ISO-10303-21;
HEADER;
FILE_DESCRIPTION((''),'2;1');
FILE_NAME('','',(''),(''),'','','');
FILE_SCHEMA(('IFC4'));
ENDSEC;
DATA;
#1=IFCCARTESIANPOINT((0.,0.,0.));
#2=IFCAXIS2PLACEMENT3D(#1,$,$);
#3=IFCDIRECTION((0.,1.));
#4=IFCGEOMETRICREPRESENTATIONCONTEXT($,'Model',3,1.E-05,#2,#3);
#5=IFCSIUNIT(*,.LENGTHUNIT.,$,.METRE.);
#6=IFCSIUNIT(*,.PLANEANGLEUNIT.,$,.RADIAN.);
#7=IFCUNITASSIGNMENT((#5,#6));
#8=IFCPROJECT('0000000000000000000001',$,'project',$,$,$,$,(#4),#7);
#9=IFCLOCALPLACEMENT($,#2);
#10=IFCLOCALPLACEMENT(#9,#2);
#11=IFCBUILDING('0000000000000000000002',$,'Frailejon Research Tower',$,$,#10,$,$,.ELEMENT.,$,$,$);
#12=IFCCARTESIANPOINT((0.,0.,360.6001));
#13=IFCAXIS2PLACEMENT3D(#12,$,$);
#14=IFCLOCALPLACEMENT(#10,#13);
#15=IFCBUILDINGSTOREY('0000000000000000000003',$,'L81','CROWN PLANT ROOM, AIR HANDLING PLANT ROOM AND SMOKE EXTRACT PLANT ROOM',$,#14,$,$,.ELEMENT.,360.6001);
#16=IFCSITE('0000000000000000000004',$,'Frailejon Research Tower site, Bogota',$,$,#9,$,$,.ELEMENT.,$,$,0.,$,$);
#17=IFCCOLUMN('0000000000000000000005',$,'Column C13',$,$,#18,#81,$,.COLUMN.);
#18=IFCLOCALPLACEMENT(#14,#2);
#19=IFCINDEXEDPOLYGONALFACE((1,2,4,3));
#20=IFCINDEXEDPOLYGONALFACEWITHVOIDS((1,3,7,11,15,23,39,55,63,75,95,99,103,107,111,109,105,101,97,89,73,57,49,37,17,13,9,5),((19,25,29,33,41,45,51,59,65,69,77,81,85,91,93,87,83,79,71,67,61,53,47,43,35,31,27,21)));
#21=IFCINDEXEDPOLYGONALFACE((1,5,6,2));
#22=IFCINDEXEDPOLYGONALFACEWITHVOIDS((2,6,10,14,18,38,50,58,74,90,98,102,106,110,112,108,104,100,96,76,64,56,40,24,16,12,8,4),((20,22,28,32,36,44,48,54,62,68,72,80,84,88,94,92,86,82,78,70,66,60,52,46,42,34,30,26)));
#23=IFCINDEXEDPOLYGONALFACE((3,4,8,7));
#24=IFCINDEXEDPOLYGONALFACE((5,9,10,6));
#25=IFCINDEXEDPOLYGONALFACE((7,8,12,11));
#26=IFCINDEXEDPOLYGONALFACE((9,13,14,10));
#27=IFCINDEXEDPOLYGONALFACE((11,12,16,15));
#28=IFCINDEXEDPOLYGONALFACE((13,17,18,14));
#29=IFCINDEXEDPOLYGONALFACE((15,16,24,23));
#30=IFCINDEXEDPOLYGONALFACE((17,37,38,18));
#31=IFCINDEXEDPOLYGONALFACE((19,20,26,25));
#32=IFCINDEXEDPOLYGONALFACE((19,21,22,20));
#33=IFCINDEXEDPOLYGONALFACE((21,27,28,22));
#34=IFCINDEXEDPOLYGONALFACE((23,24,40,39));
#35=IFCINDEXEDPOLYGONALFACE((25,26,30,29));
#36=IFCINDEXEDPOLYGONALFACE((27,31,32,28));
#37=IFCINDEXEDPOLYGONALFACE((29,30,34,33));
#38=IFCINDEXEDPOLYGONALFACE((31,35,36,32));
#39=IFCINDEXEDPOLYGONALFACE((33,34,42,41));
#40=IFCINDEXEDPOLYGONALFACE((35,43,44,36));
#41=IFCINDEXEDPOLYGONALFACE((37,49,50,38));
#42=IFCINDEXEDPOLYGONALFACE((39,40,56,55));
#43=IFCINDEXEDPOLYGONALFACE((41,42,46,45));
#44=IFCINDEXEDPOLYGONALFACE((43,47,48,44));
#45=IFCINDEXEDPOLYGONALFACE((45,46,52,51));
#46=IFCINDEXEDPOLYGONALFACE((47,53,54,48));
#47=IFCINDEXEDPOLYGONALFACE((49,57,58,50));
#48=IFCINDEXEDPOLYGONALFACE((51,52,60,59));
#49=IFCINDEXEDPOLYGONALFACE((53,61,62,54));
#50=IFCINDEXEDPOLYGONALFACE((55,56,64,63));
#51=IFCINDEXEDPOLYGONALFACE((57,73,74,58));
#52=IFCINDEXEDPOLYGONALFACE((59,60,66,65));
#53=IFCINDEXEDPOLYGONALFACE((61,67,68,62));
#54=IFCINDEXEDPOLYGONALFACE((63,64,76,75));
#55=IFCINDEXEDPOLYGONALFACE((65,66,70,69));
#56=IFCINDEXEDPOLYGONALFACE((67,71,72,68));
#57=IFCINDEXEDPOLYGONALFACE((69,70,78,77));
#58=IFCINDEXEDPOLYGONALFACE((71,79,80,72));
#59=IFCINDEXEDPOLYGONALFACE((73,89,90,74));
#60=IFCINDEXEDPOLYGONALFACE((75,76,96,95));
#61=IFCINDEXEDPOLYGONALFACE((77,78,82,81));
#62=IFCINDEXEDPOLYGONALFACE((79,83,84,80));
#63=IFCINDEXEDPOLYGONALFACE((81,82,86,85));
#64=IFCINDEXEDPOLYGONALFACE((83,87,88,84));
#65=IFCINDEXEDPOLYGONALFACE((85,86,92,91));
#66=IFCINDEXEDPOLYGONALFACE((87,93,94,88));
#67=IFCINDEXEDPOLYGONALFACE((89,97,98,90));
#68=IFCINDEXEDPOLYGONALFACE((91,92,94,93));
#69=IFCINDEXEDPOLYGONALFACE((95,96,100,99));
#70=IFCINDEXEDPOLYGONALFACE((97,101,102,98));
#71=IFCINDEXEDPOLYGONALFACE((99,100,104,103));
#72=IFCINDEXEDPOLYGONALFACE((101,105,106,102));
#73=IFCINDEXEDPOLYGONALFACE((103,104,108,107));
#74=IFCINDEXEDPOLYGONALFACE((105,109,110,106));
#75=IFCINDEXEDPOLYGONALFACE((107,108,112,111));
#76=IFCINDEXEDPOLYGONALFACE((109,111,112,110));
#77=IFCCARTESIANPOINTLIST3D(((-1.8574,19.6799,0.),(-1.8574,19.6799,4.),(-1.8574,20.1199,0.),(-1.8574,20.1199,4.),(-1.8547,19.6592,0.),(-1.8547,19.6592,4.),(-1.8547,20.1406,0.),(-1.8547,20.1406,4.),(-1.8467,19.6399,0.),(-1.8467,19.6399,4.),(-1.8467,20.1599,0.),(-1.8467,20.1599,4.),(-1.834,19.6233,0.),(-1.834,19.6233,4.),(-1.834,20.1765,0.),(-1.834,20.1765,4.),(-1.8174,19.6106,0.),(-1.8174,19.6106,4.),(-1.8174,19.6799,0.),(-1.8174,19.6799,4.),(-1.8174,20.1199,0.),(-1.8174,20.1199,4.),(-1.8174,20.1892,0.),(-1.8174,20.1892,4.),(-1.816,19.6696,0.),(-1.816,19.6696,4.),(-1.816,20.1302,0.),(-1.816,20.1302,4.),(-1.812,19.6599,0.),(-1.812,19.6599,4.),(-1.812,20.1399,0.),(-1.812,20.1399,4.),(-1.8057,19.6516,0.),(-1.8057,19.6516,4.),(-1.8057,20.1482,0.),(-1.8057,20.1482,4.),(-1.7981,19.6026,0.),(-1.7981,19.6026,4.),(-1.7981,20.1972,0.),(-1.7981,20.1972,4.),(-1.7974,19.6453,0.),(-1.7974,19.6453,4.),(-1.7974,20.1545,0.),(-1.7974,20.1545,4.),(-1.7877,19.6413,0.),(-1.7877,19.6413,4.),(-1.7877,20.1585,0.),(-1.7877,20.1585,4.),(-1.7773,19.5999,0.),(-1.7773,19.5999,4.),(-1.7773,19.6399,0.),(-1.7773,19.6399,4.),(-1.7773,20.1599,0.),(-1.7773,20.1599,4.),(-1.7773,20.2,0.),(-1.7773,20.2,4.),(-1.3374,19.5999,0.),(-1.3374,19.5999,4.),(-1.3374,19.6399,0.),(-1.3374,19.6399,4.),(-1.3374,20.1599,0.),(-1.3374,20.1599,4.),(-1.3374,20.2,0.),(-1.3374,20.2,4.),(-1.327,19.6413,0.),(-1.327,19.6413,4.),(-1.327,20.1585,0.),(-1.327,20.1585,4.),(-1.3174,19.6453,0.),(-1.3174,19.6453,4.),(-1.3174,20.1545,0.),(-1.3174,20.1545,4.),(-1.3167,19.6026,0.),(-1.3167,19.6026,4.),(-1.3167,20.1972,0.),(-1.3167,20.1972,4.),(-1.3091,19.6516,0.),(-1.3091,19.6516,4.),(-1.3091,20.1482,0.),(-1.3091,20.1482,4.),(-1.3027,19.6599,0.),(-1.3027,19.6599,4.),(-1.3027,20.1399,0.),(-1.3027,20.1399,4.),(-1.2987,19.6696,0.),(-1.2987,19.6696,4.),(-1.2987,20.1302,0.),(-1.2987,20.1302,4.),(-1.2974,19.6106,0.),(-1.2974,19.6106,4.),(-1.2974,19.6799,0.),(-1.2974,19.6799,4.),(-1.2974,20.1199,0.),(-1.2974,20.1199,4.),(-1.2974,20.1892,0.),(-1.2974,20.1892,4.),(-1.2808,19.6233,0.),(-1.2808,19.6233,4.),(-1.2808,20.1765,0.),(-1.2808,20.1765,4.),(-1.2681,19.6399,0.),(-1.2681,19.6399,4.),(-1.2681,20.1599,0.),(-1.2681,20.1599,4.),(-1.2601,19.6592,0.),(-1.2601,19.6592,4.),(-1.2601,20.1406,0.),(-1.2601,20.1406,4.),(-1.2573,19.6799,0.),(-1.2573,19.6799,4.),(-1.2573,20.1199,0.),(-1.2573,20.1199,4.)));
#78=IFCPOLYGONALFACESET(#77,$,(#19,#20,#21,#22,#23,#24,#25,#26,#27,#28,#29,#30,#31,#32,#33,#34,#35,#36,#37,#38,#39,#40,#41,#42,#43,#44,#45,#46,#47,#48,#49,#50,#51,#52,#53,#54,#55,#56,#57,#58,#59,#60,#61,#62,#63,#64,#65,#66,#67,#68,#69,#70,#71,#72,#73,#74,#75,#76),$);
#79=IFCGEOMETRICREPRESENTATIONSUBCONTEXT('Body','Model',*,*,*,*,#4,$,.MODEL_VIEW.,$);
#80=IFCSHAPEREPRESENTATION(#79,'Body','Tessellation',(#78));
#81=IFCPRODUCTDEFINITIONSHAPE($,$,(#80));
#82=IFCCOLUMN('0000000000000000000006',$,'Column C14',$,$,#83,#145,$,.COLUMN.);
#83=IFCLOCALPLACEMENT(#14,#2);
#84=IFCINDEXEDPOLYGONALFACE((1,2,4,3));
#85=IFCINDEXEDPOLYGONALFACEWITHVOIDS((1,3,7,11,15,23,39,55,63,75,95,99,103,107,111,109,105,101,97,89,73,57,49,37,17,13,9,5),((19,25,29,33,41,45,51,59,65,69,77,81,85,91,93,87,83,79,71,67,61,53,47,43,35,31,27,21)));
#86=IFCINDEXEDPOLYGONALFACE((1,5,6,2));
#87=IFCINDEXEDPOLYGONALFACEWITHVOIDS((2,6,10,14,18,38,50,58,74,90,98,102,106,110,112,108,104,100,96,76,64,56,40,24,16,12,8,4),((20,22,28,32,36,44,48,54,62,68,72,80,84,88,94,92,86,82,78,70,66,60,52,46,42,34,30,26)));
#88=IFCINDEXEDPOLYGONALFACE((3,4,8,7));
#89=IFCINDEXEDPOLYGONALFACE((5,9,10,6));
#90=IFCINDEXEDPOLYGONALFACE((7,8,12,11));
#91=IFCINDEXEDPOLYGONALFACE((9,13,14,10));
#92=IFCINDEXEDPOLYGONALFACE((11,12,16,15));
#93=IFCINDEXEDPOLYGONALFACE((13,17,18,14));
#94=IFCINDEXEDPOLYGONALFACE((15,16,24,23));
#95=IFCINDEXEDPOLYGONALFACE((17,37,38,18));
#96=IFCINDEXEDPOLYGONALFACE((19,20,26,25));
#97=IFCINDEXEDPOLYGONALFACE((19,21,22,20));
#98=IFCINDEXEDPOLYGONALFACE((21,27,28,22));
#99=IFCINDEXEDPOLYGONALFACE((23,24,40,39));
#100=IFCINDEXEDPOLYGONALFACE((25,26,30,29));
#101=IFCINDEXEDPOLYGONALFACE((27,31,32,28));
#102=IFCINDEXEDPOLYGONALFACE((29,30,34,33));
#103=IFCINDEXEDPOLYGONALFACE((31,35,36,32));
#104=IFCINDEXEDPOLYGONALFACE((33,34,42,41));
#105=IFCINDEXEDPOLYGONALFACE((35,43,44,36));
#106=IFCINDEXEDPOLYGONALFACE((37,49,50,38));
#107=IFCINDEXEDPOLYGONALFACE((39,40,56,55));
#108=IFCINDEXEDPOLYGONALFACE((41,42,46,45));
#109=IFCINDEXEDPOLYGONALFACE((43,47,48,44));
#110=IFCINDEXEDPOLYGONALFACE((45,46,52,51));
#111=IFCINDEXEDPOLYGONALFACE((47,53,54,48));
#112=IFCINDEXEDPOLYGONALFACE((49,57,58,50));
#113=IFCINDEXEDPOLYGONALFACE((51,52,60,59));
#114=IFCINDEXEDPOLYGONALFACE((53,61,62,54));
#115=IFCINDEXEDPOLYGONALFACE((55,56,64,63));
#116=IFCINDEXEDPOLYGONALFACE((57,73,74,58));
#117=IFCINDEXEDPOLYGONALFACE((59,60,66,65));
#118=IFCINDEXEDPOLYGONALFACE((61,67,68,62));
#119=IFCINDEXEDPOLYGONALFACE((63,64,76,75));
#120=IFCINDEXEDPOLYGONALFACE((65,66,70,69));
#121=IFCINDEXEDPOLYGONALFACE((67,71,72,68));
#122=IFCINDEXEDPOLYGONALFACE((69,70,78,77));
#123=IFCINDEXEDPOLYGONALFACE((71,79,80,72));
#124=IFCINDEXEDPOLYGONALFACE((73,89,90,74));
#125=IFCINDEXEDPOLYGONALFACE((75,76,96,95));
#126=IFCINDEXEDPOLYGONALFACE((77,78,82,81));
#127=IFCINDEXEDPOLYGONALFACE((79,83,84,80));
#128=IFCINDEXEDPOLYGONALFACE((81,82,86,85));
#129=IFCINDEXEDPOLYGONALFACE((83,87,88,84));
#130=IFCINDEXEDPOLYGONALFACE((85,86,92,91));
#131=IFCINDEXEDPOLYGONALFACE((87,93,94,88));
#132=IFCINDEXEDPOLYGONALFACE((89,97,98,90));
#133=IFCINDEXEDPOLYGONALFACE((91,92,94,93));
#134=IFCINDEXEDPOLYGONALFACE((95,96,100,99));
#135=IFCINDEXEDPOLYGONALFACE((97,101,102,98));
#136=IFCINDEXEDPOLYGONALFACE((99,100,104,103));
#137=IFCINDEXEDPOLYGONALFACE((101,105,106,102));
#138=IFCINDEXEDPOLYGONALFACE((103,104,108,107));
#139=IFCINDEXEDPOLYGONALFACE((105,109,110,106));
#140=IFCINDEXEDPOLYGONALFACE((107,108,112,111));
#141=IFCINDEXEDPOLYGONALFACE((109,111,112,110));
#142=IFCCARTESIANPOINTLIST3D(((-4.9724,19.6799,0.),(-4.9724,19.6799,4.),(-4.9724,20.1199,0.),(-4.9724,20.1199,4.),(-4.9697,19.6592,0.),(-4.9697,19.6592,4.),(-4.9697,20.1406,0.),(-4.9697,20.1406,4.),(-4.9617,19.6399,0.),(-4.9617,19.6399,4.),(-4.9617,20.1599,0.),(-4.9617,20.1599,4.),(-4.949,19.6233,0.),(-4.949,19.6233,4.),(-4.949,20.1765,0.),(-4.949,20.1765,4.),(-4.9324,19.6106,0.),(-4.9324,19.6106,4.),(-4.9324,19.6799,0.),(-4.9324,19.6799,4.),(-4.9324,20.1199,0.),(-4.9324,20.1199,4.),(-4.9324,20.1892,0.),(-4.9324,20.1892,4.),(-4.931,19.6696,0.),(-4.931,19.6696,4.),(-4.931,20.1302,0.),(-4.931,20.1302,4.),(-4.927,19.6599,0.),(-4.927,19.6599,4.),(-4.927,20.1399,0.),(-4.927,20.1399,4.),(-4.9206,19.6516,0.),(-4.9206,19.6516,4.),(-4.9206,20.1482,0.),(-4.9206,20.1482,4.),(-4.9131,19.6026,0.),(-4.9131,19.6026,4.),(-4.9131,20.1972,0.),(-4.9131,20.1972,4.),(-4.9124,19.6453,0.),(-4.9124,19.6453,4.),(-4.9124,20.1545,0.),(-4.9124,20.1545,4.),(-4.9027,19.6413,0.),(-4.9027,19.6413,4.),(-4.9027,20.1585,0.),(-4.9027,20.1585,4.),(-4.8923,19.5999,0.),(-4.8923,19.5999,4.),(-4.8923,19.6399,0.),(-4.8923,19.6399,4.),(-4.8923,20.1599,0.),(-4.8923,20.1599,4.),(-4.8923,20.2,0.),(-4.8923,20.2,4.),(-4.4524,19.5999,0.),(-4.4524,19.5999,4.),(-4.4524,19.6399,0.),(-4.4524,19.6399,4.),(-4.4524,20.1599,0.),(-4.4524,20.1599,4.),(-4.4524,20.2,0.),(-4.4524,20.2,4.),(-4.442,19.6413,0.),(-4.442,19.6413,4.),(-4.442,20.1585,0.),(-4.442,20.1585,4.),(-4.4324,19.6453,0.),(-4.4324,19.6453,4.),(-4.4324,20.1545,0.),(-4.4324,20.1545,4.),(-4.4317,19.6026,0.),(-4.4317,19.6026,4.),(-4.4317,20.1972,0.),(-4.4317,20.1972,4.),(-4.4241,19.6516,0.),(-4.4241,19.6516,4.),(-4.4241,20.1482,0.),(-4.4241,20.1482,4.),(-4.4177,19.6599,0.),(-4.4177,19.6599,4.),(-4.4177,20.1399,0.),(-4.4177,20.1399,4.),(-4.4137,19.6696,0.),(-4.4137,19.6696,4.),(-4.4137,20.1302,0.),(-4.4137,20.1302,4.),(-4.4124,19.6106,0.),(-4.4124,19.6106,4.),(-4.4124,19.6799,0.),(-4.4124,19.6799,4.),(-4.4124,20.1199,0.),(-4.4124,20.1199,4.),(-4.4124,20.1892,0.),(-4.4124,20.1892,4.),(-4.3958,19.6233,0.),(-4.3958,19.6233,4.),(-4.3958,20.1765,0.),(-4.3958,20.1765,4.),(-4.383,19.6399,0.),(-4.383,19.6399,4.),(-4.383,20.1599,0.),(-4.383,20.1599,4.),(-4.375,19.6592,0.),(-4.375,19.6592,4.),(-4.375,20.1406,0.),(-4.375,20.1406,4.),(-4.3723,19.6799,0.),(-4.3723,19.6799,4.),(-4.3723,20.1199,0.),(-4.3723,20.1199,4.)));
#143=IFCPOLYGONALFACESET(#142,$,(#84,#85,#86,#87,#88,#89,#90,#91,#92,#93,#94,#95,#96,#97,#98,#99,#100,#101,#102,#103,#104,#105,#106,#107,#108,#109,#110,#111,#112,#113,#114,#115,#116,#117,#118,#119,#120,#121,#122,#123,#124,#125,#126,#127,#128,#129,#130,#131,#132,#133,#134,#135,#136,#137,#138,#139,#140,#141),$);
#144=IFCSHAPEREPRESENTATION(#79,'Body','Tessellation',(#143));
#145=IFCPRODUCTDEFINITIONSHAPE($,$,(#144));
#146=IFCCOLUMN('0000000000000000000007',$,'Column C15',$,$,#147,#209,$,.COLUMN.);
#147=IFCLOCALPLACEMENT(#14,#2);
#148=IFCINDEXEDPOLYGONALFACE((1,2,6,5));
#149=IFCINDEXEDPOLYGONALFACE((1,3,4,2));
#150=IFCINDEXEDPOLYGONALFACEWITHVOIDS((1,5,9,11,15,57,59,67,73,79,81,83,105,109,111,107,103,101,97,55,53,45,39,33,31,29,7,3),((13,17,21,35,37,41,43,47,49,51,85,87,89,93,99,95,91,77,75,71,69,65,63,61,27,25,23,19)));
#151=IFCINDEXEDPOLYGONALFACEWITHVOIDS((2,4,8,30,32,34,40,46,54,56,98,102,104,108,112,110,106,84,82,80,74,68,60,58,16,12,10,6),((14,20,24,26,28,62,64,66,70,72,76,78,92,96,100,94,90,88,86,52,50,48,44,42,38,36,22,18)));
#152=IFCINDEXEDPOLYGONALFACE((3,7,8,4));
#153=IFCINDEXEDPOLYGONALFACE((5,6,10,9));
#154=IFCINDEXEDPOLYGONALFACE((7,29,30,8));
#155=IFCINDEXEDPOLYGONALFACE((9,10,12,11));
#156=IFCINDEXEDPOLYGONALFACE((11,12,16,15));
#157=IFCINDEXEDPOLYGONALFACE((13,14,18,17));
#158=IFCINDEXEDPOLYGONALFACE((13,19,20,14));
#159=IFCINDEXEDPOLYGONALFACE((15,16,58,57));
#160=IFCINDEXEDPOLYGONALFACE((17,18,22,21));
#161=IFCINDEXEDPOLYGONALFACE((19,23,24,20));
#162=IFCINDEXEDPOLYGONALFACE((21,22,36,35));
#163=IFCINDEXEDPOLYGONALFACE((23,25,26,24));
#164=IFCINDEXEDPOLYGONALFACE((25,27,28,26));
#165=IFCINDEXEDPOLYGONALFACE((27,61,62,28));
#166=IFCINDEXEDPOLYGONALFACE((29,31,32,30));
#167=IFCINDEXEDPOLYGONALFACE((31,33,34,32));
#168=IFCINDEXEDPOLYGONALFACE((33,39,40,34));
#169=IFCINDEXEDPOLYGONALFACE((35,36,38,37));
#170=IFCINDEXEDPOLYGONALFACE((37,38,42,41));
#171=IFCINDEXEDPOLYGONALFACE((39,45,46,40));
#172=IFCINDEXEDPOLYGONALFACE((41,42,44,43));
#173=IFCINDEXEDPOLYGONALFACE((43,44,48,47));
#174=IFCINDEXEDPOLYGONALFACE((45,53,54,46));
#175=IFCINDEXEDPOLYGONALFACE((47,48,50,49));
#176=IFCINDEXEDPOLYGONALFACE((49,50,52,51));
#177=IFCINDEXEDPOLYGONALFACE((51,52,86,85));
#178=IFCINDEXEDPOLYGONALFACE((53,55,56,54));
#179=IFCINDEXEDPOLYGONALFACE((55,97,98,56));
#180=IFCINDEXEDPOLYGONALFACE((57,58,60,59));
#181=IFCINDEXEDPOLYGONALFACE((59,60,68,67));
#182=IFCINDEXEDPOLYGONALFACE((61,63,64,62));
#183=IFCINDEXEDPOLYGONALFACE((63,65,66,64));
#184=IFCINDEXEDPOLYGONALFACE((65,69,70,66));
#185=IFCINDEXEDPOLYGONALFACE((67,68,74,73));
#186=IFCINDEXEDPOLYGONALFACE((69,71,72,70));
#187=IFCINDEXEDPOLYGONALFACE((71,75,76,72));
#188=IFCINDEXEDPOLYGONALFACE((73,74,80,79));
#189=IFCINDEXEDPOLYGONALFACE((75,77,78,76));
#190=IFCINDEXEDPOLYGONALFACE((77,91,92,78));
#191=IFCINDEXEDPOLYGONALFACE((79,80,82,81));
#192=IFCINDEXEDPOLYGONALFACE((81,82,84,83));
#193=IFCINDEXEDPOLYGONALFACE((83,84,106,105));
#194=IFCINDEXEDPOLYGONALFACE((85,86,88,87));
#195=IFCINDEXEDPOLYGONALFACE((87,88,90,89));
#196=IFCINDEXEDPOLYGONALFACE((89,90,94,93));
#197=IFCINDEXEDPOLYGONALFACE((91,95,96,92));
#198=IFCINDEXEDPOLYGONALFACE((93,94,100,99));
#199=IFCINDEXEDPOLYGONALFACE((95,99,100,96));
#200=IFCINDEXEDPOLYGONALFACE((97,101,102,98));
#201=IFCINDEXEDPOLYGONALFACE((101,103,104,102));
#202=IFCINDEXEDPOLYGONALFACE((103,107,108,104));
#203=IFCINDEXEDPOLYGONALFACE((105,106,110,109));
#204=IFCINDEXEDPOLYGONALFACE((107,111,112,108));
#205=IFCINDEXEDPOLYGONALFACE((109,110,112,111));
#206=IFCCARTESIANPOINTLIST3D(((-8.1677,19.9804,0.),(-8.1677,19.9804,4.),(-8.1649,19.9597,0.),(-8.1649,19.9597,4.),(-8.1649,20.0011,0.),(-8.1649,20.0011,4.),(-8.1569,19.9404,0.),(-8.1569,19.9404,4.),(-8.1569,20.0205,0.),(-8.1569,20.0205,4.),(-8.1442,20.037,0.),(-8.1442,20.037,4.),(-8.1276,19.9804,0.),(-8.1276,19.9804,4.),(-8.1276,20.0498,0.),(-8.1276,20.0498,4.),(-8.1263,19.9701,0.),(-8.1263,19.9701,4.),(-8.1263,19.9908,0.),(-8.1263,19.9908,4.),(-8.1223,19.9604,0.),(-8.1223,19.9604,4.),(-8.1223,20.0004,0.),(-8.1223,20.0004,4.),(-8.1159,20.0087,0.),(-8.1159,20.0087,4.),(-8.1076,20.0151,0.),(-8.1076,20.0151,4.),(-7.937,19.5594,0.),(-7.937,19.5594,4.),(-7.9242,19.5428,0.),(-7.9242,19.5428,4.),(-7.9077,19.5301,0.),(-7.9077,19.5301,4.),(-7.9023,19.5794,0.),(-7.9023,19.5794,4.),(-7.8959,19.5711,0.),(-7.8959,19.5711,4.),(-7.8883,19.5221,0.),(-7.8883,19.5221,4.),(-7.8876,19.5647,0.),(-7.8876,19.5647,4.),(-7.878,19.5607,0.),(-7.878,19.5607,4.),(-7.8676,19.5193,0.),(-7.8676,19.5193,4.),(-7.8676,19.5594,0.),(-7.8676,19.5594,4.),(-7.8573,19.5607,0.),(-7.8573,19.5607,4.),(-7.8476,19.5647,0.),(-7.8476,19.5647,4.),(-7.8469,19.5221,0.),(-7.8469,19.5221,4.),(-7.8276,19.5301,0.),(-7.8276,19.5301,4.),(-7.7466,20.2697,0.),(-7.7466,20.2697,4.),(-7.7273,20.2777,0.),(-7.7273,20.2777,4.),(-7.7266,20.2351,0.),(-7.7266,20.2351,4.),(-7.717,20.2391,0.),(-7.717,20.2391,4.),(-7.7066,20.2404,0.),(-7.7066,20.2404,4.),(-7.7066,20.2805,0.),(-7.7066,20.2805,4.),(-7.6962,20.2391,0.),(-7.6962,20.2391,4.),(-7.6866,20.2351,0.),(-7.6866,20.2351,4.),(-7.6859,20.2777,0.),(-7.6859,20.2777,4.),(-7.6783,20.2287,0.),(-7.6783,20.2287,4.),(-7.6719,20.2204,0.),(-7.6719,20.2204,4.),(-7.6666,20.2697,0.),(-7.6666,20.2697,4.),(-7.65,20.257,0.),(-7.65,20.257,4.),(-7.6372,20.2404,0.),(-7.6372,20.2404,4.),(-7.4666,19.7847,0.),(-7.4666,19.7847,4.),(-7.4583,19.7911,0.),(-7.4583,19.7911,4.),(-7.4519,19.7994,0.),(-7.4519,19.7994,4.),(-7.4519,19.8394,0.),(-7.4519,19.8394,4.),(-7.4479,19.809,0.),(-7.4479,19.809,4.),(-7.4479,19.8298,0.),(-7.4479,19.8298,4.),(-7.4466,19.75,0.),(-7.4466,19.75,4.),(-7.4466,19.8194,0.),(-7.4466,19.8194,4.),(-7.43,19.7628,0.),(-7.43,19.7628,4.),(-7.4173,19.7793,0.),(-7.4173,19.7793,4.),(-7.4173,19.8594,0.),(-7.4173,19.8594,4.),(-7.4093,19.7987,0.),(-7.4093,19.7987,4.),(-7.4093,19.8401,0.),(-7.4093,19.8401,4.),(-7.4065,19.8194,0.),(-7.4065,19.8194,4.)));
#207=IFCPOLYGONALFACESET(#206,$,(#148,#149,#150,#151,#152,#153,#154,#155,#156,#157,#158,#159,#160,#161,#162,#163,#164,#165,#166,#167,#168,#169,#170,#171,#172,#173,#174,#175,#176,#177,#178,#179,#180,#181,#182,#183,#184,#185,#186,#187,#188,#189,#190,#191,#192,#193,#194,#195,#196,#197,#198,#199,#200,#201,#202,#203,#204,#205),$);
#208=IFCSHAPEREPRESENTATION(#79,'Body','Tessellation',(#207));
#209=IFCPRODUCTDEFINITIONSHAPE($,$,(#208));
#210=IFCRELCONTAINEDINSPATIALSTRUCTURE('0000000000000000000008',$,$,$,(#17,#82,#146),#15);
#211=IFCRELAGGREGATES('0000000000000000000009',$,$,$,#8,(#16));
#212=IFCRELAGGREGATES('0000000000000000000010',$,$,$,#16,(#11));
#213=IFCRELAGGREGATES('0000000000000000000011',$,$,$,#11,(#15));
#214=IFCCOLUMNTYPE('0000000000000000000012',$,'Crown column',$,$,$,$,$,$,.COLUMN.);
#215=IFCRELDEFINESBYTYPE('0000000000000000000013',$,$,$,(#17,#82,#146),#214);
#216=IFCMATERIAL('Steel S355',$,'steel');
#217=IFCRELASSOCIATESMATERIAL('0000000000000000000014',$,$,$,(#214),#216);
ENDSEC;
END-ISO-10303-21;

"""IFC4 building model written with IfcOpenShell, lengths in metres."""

from ifc_helpers import new_model, si_unit, direction, frame, origin, origin_2d, place, context, subcontext, project, spatial, hollow_rectangle, extrude, material, material_profile, profile_set, type_object, element, save


model = new_model("IFC4")

# Units and contexts
model_context = context("Model", 3, precision=1e-05, world=origin(), true_north=direction((0.0, 1.0)))
body_context = subcontext(model_context, "Body", "Model", "MODEL_VIEW")
ifc_project = project(units=[si_unit("LENGTHUNIT", "METRE"), si_unit("PLANEANGLEUNIT", "RADIAN")], contexts=[model_context])

# Site, building, storey
site_placement = place(None, origin())
site = spatial("IfcSite", under=ifc_project, at=site_placement, Name="Frailejon Research Tower site, Bogota", CompositionType="ELEMENT", RefElevation=0.0)
building_placement = place(site_placement, origin())
building = spatial("IfcBuilding", under=site, at=building_placement, Name="Frailejon Research Tower", CompositionType="ELEMENT")
storey_placement = place(building_placement, frame((0.0, 0.0, 360.6001)))
storey = spatial("IfcBuildingStorey", under=building, at=storey_placement, Name="L81", Description="CROWN PLANT ROOM, AIR HANDLING PLANT ROOM AND SMOKE EXTRACT PLANT ROOM", CompositionType="ELEMENT", Elevation=360.6001)

# Columns
ifc_material_1 = material(Name="Steel S355", Category="steel")
ifc_material_profile_1 = material_profile(ifc_material_1, hollow_rectangle(XDim=0.6001, YDim=0.6001, WallThickness=0.04, InnerFilletRadius=0.04, OuterFilletRadius=0.0801, at=origin_2d()), Name="Crown column")
ifc_profile_set_1 = profile_set([ifc_material_profile_1], Name="Steel S355")
column_type = type_object("IfcColumnType", Name="Crown column", PredefinedType="COLUMN", material=ifc_profile_set_1)
for number, where, z_axis, x_axis, name in (
    (1, (-1.5574, 19.8999, 0.0), (0.0, 0.0, 1.0), (-1.0, 0.0, 0.0), "Column C13"),
    (2, (-4.6724, 19.8999, 0.0), (0.0, 0.0, 1.0), (-1.0, 0.0, 0.0), "Column C14"),
    (3, (-7.7871, 19.8999, 0.0), (0.0, 0.0, 1.0), (-0.866025, -0.5, 0.0), "Column C15"),
):
    element("IfcColumn", number, at=place(storey_placement, frame(where, z_axis=z_axis, x_axis=x_axis)), inside=storey, type_object=column_type, Name=name, PredefinedType="COLUMN", context=body_context, shape_type="SweptSolid", body=[
        extrude(hollow_rectangle(XDim=0.6001, YDim=0.6001, WallThickness=0.04, InnerFilletRadius=0.04, OuterFilletRadius=0.0801, at=origin_2d()), origin(), (0.0, 0.0, 1.0), 4.0),
    ])

save(model, "model.ifc")
